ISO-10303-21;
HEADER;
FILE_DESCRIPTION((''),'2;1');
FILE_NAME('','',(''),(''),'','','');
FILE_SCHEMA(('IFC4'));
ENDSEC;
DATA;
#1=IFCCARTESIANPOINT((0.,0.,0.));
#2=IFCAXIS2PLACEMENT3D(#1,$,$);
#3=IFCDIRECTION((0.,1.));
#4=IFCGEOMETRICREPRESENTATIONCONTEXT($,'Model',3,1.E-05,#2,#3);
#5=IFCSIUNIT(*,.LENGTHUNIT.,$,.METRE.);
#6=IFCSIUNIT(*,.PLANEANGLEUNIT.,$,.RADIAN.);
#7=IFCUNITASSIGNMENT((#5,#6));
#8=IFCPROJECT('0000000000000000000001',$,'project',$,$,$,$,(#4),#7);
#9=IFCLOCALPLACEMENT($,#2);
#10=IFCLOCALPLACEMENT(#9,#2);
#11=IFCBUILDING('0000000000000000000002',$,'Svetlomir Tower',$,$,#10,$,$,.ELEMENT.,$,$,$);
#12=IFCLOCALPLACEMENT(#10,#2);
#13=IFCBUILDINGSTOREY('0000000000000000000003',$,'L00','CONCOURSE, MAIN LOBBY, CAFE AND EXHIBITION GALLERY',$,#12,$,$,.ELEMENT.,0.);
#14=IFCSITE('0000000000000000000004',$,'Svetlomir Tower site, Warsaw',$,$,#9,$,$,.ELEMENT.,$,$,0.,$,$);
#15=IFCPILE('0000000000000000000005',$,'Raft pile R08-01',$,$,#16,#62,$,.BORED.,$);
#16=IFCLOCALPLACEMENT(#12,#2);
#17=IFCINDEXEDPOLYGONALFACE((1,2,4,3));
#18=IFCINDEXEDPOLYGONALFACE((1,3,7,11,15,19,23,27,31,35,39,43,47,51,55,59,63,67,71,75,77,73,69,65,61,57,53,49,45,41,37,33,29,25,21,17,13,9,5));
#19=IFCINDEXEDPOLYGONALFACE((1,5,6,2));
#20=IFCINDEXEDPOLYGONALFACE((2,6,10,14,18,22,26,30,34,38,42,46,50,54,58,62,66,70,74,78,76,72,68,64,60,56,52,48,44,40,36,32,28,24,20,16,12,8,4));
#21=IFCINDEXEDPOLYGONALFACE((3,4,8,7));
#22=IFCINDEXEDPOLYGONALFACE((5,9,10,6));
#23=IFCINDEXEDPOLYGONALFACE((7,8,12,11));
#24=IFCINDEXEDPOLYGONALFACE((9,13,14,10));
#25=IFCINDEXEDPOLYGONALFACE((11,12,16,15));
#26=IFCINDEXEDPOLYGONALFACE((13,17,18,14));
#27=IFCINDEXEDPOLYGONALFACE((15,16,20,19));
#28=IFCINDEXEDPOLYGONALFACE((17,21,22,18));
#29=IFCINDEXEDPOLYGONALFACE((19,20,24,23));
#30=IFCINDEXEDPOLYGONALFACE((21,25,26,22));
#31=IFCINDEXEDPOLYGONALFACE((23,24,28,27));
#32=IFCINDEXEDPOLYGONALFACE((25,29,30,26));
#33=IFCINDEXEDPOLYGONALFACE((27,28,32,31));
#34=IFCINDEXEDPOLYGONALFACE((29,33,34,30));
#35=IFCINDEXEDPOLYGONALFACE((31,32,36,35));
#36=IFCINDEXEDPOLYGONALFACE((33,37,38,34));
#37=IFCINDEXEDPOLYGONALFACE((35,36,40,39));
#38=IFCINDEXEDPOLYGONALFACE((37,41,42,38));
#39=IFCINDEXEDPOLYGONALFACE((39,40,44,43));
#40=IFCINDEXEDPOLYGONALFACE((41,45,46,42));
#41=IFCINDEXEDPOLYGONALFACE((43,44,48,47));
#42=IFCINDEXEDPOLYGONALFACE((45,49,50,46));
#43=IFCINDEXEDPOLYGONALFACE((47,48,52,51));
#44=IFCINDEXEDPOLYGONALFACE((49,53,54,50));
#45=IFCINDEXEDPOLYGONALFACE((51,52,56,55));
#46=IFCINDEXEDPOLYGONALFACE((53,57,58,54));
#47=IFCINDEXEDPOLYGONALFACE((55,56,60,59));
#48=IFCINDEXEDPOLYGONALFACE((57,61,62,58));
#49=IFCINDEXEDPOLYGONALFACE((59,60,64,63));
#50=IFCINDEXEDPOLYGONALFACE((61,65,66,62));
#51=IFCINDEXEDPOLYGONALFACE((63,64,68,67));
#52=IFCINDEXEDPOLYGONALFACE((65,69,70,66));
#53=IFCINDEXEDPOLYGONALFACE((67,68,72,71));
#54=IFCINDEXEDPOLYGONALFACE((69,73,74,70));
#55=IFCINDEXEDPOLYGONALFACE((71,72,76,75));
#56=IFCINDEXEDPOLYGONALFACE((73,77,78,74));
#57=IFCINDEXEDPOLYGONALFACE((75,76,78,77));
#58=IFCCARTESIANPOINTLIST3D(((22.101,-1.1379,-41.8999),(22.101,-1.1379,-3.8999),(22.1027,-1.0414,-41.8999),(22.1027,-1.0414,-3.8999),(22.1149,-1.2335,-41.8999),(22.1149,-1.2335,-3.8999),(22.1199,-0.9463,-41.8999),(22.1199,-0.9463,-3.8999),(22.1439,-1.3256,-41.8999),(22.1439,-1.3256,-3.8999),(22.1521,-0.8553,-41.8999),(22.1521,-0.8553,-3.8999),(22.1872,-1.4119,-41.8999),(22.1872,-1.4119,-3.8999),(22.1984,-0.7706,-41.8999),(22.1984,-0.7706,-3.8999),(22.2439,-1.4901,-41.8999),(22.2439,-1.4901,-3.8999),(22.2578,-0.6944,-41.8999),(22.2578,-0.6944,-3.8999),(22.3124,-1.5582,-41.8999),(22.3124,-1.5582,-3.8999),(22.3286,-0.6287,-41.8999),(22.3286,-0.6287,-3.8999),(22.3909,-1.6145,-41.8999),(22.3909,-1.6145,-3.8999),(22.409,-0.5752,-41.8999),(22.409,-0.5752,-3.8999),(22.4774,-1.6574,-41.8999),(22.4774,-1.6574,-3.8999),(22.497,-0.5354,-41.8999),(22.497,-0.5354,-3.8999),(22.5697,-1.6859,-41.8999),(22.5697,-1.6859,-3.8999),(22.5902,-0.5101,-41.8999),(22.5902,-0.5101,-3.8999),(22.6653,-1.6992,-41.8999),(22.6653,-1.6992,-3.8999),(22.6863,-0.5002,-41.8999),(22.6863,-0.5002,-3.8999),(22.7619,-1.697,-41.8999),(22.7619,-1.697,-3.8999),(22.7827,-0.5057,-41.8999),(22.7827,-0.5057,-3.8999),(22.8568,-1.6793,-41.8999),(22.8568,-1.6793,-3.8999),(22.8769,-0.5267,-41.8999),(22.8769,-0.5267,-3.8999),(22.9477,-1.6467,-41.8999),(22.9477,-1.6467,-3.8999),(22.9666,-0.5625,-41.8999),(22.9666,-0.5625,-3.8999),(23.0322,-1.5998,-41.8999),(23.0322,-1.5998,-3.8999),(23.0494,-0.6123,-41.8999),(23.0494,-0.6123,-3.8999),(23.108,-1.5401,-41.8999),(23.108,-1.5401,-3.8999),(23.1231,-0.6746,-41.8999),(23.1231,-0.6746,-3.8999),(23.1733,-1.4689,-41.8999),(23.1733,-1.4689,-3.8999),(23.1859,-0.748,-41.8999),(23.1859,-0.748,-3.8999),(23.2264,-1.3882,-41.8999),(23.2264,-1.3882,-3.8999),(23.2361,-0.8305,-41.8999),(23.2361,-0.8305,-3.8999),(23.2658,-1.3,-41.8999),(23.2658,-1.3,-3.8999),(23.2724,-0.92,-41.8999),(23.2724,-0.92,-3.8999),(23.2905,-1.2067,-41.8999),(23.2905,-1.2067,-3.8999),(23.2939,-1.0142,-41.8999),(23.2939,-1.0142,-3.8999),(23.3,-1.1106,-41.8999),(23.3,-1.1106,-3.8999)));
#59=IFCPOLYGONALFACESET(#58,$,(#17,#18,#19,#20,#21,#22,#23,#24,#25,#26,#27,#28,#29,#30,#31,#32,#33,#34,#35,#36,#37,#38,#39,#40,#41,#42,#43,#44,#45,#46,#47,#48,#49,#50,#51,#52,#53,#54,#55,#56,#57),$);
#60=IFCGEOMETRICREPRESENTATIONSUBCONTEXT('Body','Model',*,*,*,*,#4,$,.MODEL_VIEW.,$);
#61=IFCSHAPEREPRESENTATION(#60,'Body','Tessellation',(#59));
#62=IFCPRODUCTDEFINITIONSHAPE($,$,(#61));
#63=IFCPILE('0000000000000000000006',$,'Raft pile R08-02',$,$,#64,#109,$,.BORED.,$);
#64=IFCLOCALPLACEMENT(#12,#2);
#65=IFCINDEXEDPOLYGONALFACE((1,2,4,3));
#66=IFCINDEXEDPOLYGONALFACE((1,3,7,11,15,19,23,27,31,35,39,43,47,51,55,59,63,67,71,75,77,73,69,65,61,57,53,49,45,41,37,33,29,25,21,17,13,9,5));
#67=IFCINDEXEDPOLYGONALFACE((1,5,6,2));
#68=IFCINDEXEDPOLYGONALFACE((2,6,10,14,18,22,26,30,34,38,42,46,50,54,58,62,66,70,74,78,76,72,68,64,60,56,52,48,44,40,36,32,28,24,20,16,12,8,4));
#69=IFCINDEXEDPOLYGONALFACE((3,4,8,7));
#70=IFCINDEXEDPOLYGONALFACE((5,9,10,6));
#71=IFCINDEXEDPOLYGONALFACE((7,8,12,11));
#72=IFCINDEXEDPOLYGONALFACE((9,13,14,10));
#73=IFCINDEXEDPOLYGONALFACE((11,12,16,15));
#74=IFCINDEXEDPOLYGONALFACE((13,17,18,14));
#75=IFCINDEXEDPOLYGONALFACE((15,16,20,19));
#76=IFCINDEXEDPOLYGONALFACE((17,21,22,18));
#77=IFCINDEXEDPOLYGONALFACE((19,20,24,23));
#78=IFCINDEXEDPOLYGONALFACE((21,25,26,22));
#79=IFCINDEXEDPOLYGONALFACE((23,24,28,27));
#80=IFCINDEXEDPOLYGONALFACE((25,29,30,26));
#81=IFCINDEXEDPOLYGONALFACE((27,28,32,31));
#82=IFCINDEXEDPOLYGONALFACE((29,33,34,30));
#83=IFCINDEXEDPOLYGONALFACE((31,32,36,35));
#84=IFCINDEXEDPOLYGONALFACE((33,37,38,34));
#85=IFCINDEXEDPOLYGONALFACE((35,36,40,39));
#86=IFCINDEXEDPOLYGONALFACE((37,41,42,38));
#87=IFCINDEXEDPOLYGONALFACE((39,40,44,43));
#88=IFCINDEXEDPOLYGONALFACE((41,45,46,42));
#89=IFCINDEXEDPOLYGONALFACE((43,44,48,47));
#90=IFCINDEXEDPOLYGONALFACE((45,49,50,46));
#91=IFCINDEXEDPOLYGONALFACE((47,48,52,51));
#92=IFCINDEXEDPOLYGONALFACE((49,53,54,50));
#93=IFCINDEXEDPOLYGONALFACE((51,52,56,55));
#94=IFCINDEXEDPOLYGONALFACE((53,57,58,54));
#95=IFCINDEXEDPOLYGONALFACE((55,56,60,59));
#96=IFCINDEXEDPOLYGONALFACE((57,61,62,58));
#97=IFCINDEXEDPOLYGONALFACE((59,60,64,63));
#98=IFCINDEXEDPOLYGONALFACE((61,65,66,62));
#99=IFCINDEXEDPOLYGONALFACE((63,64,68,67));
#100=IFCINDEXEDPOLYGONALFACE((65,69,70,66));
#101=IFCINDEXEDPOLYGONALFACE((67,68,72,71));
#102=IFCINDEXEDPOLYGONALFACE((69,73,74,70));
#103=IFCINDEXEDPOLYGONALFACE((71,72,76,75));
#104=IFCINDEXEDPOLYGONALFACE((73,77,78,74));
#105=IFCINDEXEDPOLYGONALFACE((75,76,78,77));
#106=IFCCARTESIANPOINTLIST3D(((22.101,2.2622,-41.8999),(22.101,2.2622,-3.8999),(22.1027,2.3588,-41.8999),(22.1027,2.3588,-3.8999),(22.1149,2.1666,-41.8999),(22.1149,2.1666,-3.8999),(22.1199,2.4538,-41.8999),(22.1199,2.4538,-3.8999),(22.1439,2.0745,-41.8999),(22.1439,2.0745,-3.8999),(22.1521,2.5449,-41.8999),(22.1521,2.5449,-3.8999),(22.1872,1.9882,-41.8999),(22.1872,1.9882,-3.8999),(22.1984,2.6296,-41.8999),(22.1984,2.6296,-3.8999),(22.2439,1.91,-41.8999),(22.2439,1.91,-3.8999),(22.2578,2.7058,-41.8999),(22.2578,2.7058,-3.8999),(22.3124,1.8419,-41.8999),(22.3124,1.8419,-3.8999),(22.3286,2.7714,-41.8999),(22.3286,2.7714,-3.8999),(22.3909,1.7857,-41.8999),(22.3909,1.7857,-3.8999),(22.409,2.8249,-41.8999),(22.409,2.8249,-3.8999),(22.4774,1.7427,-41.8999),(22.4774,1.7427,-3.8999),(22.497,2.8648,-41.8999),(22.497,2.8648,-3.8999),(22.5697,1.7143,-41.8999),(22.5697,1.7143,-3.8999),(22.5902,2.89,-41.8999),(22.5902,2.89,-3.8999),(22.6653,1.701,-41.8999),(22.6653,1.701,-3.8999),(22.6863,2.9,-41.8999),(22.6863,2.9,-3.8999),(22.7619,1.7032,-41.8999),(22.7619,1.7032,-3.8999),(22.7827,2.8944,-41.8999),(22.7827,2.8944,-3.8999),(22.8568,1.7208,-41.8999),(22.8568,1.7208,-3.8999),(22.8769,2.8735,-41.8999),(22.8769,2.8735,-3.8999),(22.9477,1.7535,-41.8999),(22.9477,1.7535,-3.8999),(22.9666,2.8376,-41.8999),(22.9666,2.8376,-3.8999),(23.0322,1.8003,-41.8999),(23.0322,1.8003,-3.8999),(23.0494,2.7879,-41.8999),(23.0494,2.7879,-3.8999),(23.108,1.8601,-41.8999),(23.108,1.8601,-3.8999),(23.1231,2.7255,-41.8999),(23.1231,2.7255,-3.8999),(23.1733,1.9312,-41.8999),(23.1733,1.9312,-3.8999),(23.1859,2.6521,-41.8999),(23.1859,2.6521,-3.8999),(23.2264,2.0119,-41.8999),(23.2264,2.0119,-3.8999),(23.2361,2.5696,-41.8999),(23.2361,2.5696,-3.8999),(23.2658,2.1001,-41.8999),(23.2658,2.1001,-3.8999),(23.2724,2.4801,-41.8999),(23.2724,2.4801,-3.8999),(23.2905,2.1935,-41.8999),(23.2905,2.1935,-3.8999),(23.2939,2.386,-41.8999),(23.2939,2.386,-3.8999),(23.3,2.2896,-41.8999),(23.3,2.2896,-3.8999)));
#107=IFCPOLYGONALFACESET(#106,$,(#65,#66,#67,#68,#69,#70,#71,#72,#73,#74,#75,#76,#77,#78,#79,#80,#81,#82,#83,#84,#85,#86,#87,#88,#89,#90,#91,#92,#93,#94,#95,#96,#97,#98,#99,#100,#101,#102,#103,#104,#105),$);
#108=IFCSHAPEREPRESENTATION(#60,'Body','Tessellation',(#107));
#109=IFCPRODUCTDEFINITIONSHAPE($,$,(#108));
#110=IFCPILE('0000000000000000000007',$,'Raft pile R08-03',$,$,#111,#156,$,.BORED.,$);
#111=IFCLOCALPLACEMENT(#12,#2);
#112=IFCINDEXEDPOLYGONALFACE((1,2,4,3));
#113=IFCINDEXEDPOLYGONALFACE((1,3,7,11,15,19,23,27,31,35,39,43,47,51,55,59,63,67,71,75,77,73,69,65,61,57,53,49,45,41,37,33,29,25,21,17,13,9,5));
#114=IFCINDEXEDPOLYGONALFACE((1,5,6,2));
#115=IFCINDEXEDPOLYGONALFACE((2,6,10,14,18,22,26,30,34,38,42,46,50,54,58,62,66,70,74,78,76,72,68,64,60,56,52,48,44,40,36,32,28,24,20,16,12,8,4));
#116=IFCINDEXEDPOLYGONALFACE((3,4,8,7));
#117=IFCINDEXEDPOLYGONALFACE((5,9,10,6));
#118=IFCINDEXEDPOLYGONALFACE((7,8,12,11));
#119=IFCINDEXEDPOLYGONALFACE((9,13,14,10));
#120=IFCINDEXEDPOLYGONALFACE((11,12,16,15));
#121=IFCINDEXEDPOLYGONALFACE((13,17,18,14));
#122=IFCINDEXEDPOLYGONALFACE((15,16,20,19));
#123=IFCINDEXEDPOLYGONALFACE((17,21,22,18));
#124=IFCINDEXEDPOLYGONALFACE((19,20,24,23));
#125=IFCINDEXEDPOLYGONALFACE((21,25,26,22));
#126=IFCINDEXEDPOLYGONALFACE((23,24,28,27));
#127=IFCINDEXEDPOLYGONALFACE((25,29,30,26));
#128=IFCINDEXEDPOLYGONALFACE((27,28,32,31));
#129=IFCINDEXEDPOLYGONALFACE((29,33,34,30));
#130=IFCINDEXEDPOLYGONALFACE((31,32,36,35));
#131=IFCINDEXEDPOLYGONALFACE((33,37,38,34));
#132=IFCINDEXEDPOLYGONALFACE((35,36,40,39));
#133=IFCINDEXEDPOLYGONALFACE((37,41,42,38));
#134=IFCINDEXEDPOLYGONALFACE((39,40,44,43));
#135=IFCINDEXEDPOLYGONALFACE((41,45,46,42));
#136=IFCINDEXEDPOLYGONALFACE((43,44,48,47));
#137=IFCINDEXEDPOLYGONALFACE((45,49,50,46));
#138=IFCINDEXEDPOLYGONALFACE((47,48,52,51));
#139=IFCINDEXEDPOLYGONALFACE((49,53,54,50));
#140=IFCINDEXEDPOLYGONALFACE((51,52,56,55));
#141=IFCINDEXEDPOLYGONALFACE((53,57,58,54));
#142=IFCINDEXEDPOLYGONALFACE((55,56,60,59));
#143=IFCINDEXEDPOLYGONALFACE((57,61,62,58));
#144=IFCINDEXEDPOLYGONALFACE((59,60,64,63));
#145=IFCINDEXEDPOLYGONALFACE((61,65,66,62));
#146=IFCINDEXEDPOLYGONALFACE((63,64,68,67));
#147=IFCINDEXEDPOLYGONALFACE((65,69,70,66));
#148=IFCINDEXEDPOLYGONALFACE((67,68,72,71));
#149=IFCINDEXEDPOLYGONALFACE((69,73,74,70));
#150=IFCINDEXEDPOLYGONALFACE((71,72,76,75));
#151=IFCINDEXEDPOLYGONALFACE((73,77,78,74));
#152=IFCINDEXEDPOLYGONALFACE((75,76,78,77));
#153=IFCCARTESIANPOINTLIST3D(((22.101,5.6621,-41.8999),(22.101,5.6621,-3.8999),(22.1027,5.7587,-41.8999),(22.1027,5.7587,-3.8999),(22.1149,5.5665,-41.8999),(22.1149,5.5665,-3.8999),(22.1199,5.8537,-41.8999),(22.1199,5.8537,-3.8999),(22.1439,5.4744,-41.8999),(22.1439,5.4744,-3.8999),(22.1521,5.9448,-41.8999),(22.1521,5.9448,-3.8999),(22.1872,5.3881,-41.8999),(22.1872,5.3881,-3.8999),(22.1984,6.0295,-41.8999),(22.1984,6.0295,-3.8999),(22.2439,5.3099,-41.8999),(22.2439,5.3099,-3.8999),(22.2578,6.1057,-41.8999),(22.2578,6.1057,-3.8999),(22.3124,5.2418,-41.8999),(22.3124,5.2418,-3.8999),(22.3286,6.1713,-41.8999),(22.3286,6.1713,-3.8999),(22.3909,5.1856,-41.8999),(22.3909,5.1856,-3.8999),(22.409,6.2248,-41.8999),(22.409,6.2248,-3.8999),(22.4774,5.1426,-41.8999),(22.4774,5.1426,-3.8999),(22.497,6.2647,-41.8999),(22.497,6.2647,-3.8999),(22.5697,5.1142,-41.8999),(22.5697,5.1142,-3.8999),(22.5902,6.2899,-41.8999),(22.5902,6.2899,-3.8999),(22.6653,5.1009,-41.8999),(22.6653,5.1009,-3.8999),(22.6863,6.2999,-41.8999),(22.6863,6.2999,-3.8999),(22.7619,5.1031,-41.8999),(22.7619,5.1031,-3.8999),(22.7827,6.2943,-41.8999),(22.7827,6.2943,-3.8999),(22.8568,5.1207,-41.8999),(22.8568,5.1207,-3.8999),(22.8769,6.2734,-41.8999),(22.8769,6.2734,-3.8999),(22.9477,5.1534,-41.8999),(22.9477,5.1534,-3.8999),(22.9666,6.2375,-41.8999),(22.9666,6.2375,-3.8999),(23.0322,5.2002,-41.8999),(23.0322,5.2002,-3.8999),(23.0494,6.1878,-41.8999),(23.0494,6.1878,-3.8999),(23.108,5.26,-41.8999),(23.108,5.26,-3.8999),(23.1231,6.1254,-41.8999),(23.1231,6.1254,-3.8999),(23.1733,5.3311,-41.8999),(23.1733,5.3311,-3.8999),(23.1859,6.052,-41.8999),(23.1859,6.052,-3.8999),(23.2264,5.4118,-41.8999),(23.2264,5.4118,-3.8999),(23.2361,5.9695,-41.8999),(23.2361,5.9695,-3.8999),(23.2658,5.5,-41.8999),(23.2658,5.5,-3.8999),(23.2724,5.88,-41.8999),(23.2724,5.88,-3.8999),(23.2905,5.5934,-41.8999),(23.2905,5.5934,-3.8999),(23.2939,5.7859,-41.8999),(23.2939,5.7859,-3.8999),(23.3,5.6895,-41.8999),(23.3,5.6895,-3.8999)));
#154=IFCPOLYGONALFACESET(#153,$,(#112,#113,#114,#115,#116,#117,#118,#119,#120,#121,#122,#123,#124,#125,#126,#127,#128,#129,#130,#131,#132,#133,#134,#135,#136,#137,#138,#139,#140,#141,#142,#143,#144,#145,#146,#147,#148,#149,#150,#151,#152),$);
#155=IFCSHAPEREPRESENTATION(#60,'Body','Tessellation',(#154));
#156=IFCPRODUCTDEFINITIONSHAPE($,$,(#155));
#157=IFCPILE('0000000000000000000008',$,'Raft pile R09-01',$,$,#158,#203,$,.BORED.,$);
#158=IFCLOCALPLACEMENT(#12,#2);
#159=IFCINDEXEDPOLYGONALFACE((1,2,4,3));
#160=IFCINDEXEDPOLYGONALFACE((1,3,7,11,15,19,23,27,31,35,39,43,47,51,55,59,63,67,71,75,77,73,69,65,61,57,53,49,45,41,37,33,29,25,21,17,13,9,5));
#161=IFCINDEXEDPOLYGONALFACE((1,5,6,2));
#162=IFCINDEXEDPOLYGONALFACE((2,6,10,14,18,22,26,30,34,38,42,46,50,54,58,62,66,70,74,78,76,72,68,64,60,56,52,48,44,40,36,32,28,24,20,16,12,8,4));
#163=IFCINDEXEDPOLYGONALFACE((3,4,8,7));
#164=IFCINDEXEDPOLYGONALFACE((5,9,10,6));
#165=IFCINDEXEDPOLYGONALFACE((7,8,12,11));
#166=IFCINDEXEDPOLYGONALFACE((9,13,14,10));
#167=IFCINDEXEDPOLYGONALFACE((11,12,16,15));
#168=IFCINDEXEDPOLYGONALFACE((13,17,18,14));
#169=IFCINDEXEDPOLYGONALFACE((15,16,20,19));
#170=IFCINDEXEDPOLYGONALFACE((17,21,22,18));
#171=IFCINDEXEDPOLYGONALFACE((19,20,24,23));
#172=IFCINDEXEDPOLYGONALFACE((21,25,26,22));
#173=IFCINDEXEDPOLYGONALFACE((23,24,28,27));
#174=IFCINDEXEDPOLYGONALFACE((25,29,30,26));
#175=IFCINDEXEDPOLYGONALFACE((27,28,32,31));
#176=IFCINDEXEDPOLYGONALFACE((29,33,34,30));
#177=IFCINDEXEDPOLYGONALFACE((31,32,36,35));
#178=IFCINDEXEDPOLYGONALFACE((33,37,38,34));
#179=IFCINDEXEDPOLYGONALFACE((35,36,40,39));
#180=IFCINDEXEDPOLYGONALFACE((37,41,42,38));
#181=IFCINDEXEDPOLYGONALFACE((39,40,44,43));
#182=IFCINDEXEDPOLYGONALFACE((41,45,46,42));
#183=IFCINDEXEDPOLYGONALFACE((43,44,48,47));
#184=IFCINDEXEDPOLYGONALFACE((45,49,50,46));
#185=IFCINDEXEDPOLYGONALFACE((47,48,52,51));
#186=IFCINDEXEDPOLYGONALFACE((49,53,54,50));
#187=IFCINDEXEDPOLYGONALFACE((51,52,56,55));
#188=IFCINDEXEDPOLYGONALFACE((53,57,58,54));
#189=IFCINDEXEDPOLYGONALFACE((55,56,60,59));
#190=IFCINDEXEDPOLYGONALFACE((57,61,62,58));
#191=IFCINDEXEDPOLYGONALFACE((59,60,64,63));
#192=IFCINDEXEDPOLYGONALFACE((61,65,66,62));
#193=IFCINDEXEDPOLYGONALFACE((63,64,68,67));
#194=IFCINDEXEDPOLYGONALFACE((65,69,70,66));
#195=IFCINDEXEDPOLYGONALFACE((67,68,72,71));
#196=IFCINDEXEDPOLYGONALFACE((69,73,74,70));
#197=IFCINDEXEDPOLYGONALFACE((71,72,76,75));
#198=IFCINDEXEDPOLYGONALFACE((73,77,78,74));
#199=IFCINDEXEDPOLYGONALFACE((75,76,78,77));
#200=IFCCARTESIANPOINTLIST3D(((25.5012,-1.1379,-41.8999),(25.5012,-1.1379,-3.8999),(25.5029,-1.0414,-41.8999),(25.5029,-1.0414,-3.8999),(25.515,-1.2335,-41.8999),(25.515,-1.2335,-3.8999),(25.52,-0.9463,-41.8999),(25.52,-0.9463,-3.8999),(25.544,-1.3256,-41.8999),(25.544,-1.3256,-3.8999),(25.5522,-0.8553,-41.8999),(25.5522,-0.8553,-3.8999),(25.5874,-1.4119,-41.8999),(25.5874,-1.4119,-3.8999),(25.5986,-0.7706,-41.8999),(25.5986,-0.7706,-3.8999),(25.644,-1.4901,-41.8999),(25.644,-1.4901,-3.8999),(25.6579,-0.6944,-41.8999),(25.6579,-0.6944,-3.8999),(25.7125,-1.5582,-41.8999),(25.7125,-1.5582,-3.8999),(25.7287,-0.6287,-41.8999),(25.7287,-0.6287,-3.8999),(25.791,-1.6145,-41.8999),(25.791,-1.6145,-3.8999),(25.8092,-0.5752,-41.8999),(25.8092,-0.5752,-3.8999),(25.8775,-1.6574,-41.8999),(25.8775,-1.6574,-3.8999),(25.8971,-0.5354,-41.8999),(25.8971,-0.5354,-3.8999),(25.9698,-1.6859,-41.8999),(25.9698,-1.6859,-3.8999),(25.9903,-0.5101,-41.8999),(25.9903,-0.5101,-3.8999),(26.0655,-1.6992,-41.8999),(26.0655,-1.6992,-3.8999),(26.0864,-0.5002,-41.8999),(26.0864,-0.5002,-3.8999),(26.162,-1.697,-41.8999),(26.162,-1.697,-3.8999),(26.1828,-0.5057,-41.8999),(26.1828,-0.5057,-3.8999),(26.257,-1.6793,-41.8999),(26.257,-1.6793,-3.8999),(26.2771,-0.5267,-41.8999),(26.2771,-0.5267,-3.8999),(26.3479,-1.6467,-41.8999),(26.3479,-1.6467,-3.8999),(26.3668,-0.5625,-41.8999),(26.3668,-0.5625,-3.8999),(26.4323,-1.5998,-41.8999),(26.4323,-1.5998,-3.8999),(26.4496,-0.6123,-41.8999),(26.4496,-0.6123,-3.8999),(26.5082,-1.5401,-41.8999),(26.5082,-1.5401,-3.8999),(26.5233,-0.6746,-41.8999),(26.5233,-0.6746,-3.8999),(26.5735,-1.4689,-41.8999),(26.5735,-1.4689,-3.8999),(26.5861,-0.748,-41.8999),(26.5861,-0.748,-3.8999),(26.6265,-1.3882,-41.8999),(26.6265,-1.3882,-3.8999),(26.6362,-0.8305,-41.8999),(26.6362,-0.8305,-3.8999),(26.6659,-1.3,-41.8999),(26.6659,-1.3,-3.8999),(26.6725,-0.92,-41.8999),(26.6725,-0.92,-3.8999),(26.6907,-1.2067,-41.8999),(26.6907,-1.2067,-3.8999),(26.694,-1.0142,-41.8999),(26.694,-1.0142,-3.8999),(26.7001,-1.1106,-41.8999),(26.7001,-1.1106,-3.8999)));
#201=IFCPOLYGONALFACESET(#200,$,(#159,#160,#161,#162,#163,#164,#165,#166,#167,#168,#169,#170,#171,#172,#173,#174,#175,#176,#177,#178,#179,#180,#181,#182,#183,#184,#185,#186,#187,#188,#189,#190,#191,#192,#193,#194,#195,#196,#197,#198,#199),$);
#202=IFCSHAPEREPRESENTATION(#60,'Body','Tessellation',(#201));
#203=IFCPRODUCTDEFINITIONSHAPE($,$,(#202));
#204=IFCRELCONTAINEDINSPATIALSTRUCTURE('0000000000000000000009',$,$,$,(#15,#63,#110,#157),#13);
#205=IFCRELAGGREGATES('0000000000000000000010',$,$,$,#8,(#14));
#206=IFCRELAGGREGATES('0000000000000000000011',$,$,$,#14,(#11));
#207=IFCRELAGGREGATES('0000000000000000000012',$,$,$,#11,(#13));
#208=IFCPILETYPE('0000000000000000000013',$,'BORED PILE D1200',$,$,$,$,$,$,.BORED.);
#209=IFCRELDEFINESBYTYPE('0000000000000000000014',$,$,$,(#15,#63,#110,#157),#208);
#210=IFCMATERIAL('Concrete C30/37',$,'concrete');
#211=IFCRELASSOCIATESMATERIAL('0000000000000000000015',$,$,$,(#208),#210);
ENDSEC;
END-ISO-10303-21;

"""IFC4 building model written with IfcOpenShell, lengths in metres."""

from ifc_helpers import new_model, si_unit, direction, frame, frame_2d, origin, origin_2d, place, context, subcontext, project, spatial, circle, extrude, material, material_profile, profile_set, type_object, element, save


model = new_model("IFC4")

# Units and contexts
model_context = context("Model", 3, precision=1e-05, world=origin(), true_north=direction((0.0, 1.0)))
body_context = subcontext(model_context, "Body", "Model", "MODEL_VIEW")
ifc_project = project(units=[si_unit("LENGTHUNIT", "METRE"), si_unit("PLANEANGLEUNIT", "RADIAN")], contexts=[model_context])

# Site, building, storey
site_placement = place(None, origin())
site = spatial("IfcSite", under=ifc_project, at=site_placement, Name="Svetlomir Tower site, Warsaw", CompositionType="ELEMENT", RefElevation=0.0)
building_placement = place(site_placement, origin())
building = spatial("IfcBuilding", under=site, at=building_placement, Name="Svetlomir Tower", CompositionType="ELEMENT")
storey_placement = place(building_placement, origin())
storey = spatial("IfcBuildingStorey", under=building, at=storey_placement, Name="L00", Description="CONCOURSE, MAIN LOBBY, CAFE AND EXHIBITION GALLERY", CompositionType="ELEMENT", Elevation=0.0)

# Piles
ifc_material_1 = material(Name="Concrete C30/37", Category="concrete")
ifc_material_profile_1 = material_profile(ifc_material_1, circle(Radius=0.6001, at=origin_2d()), Name="D1200")
ifc_profile_set_1 = profile_set([ifc_material_profile_1], Name="Concrete C30/37")
pile_type = type_object("IfcPileType", Name="BORED PILE D1200", PredefinedType="BORED", material=ifc_profile_set_1)
for number, where, z_axis, x_axis, name in (
    (1, (22.7, -1.1001, -3.8999), (0.0, 0.0, -1.0), (1.0, 0.0, 0.0), "Raft pile R08-01"),
    (2, (22.7, 2.3, -3.8999), (0.0, 0.0, -1.0), (1.0, 0.0, 0.0), "Raft pile R08-02"),
    (3, (22.7, 5.7, -3.8999), (0.0, 0.0, -1.0), (1.0, 0.0, 0.0), "Raft pile R08-03"),
    (4, (26.1001, -1.1001, -3.8999), (0.0, 0.0, -1.0), (1.0, 0.0, 0.0), "Raft pile R09-01"),
):
    element("IfcPile", number, at=place(storey_placement, frame(where, z_axis=z_axis, x_axis=x_axis)), inside=storey, type_object=pile_type, Name=name, PredefinedType="BORED", context=body_context, shape_type="SweptSolid", body=[
        extrude(circle(Radius=0.6001, at=frame_2d((0.0, 0.0), x_axis=(0.999848, 0.017452))), origin(), (0.0, 0.0, 1.0), 38.0),
    ])

save(model, "model.ifc")
